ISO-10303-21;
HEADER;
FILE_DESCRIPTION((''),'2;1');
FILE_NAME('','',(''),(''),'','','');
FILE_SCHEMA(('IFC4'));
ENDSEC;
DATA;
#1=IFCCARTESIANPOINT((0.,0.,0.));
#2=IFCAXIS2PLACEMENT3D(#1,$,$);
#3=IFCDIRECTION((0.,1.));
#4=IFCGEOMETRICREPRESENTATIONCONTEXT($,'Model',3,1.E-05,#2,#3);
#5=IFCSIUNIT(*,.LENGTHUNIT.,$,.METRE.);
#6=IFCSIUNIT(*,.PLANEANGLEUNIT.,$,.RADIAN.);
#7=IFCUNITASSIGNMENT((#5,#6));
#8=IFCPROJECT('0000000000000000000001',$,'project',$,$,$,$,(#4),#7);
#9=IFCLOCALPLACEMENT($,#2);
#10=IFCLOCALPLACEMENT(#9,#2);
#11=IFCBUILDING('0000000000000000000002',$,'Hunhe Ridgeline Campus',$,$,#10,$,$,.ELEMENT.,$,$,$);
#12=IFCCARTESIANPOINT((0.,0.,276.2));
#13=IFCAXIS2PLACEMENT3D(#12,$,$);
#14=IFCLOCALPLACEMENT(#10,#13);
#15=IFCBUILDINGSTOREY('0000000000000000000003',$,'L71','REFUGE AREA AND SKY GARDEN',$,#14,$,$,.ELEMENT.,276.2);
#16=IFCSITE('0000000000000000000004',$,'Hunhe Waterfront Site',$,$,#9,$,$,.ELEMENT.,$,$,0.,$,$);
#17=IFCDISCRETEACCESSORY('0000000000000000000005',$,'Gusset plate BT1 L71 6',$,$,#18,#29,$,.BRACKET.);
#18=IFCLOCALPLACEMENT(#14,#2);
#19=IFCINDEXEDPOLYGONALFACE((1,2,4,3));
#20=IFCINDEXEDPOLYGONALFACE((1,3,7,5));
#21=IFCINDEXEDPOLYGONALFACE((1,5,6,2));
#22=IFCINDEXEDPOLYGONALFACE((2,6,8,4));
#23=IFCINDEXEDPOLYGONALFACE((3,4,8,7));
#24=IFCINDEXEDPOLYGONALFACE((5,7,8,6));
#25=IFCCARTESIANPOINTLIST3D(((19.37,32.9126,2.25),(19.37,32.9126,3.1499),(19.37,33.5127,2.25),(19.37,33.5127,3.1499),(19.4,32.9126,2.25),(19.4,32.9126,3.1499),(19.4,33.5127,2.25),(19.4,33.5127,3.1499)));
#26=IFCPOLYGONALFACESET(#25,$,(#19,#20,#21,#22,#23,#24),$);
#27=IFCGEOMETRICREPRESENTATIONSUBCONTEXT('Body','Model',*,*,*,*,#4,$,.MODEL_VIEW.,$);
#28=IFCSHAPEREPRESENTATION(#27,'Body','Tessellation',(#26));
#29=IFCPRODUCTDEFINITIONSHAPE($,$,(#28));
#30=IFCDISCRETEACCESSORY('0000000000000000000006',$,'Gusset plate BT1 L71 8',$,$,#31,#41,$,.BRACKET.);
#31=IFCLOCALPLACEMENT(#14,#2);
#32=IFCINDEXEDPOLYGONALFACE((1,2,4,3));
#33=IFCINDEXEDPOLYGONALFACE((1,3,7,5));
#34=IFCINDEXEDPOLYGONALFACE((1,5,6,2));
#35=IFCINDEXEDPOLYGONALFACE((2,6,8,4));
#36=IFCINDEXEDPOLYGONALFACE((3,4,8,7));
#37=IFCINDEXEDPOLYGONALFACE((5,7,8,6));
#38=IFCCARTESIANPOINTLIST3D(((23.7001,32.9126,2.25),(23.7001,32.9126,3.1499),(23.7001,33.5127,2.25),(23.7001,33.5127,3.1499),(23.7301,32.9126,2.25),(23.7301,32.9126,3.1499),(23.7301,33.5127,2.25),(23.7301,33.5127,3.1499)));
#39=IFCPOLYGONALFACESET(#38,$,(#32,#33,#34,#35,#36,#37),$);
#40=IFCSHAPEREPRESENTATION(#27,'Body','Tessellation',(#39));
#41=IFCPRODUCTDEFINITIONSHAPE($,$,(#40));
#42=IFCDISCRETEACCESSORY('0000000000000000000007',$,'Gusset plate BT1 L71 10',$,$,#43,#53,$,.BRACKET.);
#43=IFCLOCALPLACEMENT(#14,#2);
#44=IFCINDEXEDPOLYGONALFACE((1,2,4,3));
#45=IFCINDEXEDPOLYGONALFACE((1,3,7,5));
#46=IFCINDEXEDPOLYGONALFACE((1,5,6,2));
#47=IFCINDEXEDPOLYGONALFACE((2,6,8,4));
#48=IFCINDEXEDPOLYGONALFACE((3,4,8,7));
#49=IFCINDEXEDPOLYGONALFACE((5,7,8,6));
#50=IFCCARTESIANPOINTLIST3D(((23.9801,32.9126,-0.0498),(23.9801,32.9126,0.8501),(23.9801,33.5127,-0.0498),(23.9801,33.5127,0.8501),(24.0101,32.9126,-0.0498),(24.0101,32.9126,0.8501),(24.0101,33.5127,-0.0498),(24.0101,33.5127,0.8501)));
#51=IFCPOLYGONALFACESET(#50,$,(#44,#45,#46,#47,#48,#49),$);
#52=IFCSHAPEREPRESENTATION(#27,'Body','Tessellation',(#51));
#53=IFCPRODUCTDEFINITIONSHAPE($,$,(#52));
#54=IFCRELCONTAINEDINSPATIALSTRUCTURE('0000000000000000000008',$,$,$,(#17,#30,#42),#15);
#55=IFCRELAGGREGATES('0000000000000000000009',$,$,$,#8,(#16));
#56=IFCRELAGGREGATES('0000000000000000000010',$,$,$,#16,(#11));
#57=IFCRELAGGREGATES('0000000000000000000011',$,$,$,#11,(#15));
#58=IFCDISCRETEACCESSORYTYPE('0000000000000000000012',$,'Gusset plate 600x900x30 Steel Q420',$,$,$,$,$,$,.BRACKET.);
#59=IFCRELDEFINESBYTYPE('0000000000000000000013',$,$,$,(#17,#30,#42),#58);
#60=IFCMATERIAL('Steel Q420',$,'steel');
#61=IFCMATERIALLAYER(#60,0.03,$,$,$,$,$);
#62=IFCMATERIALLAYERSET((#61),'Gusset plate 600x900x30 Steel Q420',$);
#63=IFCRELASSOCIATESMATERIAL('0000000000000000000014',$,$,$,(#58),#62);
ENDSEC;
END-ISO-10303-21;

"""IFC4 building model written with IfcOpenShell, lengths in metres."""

from ifc_helpers import new_model, si_unit, direction, frame, origin, origin_2d, place, context, subcontext, project, spatial, rectangle, extrude, material, layer, layer_set, type_object, element, save


model = new_model("IFC4")

# Units and contexts
model_context = context("Model", 3, precision=1e-05, world=origin(), true_north=direction((0.0, 1.0)))
body_context = subcontext(model_context, "Body", "Model", "MODEL_VIEW")
ifc_project = project(units=[si_unit("LENGTHUNIT", "METRE"), si_unit("PLANEANGLEUNIT", "RADIAN")], contexts=[model_context])

# Site, building, storey
site_placement = place(None, origin())
site = spatial("IfcSite", under=ifc_project, at=site_placement, Name="Hunhe Waterfront Site", CompositionType="ELEMENT", RefElevation=0.0)
building_placement = place(site_placement, origin())
building = spatial("IfcBuilding", under=site, at=building_placement, Name="Hunhe Ridgeline Campus", CompositionType="ELEMENT")
storey_placement = place(building_placement, frame((0.0, 0.0, 276.2)))
storey = spatial("IfcBuildingStorey", under=building, at=storey_placement, Name="L71", Description="REFUGE AREA AND SKY GARDEN", CompositionType="ELEMENT", Elevation=276.2)

# Shared definitions
ifc_material_1 = material(Name="Steel Q420", Category="steel")

# Discrete accessories
ifc_layer_1 = layer(ifc_material_1, 0.03)
ifc_layer_set_1 = layer_set([ifc_layer_1], Name="Gusset plate 600x900x30 Steel Q420")
discrete_accessory_type_1 = type_object("IfcDiscreteAccessoryType", Name="Gusset plate 600x900x30 Steel Q420", PredefinedType="BRACKET", material=ifc_layer_set_1)
for number, where, z_axis, x_axis, name in (
    (1, (19.385, 33.2126, 2.25), (0.0, 0.0, 1.0), (-1.0, 0.0, 0.0), "Gusset plate BT1 L71 6"),
    (2, (23.7151, 33.2126, 2.25), (0.0, 0.0, 1.0), (1.0, 0.0, 0.0), "Gusset plate BT1 L71 8"),
    (3, (23.9951, 33.2126, -0.0498), (0.0, 0.0, 1.0), (-1.0, 0.0, 0.0), "Gusset plate BT1 L71 10"),
):
    element("IfcDiscreteAccessory", number, at=place(storey_placement, frame(where, z_axis=z_axis, x_axis=x_axis)), inside=storey, type_object=discrete_accessory_type_1, Name=name, PredefinedType="BRACKET", context=body_context, shape_type="SweptSolid", body=[
        extrude(rectangle(XDim=0.03, YDim=0.6001, at=origin_2d()), origin(), (0.0, 0.0, 1.0), 0.8999),
    ])

save(model, "model.ifc")
